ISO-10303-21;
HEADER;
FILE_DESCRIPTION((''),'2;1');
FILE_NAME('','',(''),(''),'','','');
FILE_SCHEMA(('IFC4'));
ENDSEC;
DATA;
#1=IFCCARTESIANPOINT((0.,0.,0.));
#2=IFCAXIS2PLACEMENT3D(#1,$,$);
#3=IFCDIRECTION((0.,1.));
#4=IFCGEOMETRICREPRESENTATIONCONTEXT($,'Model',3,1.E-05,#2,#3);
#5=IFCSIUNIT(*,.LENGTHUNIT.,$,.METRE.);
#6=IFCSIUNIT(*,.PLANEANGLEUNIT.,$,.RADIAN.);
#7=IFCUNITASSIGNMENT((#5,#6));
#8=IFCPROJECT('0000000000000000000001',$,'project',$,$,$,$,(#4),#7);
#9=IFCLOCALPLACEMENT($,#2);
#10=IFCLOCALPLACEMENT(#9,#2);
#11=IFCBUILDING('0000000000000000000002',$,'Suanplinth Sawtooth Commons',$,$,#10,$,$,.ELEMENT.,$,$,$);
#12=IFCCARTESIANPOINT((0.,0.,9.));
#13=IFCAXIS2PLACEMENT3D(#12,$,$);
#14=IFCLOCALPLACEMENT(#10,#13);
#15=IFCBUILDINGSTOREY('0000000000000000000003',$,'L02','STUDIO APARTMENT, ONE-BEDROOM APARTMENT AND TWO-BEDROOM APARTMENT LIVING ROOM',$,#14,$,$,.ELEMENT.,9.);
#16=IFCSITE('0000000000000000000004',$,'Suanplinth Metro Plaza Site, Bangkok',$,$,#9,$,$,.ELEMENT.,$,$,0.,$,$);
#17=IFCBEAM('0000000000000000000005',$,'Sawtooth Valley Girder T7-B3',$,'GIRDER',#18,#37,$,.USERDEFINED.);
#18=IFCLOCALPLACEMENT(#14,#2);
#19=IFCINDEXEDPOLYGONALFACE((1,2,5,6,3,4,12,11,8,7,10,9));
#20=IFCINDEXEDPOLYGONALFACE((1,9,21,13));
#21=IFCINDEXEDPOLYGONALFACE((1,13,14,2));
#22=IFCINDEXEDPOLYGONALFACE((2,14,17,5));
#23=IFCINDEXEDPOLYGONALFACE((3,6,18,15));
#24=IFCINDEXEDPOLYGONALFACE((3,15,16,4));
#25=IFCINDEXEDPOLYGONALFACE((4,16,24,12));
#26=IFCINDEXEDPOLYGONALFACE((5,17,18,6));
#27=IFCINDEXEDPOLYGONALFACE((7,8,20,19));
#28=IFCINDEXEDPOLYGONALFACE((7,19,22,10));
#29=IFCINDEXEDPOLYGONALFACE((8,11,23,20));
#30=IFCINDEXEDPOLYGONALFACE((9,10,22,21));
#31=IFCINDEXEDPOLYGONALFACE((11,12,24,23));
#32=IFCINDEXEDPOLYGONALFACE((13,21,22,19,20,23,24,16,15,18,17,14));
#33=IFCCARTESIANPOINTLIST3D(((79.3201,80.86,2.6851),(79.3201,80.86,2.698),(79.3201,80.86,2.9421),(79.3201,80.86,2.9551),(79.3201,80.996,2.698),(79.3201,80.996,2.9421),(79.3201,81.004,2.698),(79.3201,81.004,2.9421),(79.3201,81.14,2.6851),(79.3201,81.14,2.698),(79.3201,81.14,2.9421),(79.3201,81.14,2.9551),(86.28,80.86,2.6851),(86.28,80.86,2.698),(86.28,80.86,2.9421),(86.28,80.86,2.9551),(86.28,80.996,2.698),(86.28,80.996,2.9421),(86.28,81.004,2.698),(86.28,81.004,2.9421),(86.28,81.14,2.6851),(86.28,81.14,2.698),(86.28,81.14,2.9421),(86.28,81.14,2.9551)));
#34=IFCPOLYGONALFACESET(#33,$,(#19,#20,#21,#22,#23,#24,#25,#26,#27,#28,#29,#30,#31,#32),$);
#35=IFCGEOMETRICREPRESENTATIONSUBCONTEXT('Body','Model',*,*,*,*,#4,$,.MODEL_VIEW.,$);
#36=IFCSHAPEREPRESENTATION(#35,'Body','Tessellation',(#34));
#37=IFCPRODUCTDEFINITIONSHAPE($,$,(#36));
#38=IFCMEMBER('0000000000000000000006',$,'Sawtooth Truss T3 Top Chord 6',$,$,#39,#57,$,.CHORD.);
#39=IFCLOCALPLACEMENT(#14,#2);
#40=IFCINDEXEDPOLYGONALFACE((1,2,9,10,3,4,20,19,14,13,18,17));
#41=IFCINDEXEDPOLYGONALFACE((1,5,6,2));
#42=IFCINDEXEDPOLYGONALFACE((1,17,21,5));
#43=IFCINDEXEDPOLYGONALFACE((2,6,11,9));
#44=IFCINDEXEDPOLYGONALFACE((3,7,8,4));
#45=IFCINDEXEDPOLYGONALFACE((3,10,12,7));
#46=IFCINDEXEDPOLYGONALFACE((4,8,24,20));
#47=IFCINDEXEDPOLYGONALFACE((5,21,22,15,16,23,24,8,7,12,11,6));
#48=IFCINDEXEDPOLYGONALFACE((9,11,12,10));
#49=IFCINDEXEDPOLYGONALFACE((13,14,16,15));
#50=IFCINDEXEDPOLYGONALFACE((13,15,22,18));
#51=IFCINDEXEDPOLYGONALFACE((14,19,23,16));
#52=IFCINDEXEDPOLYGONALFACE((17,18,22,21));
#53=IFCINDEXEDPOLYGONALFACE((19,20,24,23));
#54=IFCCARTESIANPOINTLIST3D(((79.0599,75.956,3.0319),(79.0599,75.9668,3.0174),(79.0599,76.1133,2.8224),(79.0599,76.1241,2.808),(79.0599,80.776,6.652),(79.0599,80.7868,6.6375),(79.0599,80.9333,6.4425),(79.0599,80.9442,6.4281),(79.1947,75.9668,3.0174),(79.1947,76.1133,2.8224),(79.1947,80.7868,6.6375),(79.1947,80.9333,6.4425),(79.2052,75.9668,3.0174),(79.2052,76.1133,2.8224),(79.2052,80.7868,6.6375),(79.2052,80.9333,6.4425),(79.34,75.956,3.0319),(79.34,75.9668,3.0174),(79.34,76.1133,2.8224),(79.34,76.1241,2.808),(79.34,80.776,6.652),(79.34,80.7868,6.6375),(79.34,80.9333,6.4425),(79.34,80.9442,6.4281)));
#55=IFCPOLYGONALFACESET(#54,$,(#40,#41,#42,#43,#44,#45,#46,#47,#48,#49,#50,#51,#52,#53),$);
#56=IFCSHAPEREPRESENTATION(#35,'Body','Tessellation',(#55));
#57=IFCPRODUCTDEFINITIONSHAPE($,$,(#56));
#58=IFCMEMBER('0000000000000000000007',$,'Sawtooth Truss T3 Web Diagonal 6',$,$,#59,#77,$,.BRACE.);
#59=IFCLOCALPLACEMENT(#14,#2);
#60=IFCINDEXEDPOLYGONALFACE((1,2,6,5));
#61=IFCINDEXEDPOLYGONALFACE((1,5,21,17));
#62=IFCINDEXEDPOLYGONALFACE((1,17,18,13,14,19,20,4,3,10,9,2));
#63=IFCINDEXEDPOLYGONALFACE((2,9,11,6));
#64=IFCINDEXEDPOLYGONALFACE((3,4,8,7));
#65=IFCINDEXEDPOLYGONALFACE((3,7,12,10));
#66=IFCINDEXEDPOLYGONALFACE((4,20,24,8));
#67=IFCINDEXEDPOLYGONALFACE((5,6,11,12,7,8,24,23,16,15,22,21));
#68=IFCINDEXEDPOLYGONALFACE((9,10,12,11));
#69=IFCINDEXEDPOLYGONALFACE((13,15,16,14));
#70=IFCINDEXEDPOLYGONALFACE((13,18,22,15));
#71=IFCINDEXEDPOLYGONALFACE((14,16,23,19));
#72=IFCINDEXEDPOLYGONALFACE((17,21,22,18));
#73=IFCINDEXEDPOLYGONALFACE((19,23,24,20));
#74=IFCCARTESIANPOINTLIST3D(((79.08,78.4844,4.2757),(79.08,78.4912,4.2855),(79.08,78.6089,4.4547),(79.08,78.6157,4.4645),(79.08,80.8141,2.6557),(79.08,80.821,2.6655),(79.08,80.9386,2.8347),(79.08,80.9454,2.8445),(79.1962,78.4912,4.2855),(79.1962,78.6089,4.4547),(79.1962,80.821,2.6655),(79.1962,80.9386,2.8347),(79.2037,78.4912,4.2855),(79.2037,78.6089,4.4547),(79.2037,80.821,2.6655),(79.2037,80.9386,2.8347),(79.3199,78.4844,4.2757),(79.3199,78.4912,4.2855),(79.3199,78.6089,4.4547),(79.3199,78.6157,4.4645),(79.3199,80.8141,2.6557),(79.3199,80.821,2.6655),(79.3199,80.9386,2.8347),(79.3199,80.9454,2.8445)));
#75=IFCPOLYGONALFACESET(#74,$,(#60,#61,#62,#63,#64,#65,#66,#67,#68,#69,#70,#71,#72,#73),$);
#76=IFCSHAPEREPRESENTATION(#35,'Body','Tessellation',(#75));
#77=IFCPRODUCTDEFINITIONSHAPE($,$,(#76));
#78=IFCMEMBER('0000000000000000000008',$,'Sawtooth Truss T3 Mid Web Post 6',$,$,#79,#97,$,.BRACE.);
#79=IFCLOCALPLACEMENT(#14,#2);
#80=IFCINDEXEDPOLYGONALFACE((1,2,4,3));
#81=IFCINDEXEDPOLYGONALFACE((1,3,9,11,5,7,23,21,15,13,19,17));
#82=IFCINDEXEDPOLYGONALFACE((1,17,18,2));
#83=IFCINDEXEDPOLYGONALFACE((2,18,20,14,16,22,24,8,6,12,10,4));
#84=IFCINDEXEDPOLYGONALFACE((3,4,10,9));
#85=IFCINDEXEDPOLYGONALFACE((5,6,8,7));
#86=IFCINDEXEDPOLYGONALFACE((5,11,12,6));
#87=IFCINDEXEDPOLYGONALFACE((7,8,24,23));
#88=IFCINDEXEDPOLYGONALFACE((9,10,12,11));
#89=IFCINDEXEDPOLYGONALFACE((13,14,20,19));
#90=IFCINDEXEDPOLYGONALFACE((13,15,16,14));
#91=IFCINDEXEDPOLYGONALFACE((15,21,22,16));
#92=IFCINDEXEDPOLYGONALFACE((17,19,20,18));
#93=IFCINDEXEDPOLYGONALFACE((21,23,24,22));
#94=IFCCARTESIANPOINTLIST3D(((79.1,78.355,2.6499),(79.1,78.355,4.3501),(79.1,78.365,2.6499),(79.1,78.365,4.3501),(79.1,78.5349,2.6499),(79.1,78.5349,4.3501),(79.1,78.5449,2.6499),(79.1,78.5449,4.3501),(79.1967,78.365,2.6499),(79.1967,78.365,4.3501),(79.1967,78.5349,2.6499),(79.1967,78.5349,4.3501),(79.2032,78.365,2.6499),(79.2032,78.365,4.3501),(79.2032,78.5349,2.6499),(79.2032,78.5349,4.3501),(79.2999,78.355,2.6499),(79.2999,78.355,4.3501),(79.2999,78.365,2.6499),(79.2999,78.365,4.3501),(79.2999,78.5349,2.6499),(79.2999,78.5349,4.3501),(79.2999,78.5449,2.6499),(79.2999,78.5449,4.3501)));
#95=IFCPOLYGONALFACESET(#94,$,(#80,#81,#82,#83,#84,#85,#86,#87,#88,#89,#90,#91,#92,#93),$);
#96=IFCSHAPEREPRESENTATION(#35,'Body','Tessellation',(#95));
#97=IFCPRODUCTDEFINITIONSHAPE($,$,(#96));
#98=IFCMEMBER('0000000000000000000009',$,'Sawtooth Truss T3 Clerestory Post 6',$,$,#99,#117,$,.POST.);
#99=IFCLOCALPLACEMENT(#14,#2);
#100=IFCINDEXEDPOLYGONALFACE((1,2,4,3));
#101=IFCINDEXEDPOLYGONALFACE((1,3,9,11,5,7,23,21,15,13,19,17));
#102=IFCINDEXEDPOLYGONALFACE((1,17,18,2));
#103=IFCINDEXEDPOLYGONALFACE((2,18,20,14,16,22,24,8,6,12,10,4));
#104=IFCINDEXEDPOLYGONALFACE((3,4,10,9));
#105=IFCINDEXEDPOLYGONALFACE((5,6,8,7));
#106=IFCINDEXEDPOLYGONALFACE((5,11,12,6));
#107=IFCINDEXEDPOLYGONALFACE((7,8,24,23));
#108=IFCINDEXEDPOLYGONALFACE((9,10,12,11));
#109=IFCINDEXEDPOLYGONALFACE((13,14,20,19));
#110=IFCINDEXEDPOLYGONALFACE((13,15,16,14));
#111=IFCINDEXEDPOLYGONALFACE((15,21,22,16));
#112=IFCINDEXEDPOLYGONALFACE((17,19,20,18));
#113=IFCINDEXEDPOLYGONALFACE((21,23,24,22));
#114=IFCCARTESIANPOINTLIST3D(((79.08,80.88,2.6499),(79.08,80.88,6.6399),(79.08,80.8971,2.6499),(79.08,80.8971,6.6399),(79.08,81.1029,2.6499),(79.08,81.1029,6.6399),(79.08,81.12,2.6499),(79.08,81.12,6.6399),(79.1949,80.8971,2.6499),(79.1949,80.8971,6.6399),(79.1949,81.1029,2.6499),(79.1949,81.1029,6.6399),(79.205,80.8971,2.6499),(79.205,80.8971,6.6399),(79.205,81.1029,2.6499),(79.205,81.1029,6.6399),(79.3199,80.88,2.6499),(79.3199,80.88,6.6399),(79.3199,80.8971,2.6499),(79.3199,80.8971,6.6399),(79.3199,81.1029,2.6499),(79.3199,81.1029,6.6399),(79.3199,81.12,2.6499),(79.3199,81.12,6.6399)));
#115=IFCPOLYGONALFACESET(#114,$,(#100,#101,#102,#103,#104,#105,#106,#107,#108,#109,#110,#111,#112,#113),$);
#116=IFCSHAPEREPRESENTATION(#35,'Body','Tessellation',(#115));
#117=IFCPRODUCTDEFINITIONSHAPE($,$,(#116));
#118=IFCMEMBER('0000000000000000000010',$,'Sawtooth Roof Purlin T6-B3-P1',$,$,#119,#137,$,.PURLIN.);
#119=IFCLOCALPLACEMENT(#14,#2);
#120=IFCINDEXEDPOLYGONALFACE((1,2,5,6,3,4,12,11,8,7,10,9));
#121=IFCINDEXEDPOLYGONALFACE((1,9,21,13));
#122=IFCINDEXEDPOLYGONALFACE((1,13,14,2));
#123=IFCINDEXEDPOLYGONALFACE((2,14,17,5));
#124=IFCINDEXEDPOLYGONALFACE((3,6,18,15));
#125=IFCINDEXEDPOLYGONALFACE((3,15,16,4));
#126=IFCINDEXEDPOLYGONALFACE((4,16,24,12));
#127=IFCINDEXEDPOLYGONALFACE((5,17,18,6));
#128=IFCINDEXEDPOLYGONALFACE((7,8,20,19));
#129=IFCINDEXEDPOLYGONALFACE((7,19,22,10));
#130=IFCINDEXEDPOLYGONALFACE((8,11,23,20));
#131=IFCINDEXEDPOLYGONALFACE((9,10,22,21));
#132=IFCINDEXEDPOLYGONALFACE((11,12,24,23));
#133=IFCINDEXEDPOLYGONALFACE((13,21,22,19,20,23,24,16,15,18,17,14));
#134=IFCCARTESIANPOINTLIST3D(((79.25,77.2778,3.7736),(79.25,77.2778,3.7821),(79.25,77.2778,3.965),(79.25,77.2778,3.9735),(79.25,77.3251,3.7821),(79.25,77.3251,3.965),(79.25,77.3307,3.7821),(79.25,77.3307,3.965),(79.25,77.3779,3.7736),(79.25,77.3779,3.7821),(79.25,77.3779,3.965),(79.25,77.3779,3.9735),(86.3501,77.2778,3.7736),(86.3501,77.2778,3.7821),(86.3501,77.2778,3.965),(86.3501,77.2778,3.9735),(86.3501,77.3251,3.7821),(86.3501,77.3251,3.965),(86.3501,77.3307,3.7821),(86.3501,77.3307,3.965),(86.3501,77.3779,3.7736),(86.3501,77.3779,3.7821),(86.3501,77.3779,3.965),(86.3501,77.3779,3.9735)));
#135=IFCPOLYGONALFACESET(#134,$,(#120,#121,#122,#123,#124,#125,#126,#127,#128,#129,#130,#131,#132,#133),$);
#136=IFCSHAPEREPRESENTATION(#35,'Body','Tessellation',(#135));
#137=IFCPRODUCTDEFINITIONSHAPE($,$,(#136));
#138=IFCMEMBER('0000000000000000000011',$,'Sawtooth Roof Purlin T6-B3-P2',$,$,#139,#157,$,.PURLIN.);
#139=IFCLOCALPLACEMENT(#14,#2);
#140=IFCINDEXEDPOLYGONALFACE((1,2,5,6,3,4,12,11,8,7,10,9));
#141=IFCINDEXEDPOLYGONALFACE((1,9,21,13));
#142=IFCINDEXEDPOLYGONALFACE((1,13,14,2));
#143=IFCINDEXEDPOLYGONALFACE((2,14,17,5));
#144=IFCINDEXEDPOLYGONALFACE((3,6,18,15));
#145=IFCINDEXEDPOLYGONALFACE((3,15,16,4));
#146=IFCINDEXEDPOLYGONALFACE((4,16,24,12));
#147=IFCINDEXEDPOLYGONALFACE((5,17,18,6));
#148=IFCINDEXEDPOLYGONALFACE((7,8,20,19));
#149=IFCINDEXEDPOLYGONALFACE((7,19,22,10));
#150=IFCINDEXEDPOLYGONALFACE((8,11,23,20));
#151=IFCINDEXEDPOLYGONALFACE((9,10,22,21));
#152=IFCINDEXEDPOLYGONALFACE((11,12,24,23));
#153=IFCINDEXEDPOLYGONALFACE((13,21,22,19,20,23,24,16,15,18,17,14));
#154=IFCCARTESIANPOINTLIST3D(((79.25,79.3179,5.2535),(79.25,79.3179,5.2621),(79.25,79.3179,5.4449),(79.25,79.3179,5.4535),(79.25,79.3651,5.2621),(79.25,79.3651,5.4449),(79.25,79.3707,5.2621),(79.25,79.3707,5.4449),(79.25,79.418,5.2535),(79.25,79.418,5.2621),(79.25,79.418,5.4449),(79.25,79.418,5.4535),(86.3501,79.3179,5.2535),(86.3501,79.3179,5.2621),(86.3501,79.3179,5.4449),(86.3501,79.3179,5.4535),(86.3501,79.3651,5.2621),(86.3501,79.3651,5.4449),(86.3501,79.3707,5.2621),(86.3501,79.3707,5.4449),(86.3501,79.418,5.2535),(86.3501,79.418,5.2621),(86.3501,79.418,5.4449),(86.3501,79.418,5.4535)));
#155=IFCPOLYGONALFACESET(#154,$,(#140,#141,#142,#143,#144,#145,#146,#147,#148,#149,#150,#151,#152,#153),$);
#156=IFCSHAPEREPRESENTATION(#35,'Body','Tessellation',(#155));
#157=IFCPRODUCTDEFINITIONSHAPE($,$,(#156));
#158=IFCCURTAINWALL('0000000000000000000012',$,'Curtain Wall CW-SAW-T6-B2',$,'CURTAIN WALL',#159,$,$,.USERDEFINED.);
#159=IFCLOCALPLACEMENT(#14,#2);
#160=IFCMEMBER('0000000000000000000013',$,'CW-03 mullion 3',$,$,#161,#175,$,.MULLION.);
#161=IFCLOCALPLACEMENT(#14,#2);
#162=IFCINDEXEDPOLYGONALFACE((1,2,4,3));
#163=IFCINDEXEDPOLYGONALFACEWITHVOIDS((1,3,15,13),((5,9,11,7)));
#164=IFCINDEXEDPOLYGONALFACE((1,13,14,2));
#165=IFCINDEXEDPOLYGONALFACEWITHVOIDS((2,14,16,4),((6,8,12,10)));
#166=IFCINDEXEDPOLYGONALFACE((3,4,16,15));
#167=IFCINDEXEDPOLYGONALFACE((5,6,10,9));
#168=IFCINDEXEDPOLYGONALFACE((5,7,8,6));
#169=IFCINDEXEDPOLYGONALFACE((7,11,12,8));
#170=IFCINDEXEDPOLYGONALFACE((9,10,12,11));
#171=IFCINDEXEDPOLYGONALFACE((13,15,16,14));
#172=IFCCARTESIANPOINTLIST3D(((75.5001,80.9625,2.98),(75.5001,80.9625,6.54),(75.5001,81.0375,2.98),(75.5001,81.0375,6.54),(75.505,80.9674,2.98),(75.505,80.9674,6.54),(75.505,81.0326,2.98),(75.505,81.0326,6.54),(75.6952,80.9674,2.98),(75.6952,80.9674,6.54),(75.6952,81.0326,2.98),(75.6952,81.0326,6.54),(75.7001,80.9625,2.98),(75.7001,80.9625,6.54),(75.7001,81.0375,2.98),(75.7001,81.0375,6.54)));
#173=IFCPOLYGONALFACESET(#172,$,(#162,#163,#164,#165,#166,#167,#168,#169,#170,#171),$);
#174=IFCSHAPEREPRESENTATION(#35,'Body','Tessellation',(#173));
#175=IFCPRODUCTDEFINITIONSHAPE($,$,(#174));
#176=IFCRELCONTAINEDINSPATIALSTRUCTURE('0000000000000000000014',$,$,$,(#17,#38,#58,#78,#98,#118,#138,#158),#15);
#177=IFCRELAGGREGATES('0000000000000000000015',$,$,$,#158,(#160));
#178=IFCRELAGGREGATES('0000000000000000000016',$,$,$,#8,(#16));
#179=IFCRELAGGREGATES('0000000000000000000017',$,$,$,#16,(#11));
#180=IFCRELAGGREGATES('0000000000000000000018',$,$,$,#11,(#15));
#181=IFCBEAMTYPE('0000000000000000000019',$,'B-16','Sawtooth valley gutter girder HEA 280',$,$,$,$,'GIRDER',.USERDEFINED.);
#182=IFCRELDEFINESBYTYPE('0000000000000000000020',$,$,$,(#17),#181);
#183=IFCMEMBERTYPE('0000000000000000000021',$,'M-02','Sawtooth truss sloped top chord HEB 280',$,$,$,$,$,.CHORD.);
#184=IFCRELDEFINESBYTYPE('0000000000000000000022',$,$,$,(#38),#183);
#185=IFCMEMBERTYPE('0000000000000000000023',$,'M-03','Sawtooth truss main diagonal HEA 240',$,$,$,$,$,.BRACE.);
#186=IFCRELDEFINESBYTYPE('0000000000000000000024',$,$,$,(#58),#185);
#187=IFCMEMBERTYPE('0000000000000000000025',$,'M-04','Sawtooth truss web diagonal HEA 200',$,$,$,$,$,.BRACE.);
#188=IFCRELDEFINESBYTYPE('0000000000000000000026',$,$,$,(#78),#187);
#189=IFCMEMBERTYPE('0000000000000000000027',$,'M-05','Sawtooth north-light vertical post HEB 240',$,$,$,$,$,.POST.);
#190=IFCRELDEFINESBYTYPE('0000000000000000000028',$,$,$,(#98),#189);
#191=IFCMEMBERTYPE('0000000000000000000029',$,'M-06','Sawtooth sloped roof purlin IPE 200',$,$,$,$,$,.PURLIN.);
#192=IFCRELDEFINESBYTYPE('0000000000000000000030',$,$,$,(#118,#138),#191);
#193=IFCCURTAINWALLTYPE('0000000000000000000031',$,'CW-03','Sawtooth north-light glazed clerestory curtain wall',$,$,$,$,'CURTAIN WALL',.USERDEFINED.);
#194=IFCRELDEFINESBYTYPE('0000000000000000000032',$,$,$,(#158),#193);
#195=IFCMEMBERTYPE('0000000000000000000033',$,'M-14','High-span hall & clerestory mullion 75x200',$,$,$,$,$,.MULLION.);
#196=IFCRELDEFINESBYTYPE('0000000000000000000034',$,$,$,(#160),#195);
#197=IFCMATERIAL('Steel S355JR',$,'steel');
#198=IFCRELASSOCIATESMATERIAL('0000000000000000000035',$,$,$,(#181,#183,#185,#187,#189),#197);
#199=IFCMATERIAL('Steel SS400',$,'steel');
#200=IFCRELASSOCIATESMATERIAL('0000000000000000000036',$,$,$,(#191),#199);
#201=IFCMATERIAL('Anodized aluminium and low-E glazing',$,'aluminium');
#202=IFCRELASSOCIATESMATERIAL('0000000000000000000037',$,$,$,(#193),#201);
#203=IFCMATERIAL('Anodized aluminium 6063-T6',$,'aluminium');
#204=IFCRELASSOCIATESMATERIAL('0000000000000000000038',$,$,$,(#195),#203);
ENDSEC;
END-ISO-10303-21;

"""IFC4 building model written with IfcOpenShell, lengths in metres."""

from ifc_helpers import new_model, si_unit, direction, frame, origin, origin_2d, place, context, subcontext, project, spatial, hollow_rectangle, i_section, extrude, material, material_profile, profile_set, type_object, element, aggregate, save


model = new_model("IFC4")

# Units and contexts
model_context = context("Model", 3, precision=1e-05, world=origin(), true_north=direction((0.0, 1.0)))
body_context = subcontext(model_context, "Body", "Model", "MODEL_VIEW")
ifc_project = project(units=[si_unit("LENGTHUNIT", "METRE"), si_unit("PLANEANGLEUNIT", "RADIAN")], contexts=[model_context])

# Site, building, storey
site_placement = place(None, origin())
site = spatial("IfcSite", under=ifc_project, at=site_placement, Name="Suanplinth Metro Plaza Site, Bangkok", CompositionType="ELEMENT", RefElevation=0.0)
building_placement = place(site_placement, origin())
building = spatial("IfcBuilding", under=site, at=building_placement, Name="Suanplinth Sawtooth Commons", CompositionType="ELEMENT")
storey_placement = place(building_placement, frame((0.0, 0.0, 9.0)))
storey = spatial("IfcBuildingStorey", under=building, at=storey_placement, Name="L02", Description="STUDIO APARTMENT, ONE-BEDROOM APARTMENT AND TWO-BEDROOM APARTMENT LIVING ROOM", CompositionType="ELEMENT", Elevation=9.0)

# Beam
ifc_material_1 = material(Name="Steel S355JR", Category="steel")
ifc_material_profile_1 = material_profile(ifc_material_1, i_section(OverallWidth=0.28, OverallDepth=0.27, WebThickness=0.0081, FlangeThickness=0.0129, at=origin_2d()), Name="HEA 280")
ifc_profile_set_1 = profile_set([ifc_material_profile_1], Name="Steel S355JR")
beam_type = type_object("IfcBeamType", Name="B-16", Description="Sawtooth valley gutter girder HEA 280", ElementType="GIRDER", PredefinedType="USERDEFINED", material=ifc_profile_set_1)
beam_placement = place(storey_placement, frame((79.3201, 81.0, 2.8201), z_axis=(1.0, 0.0, 0.0), x_axis=(0.0, 1.0, 0.0)))
element("IfcBeam", 1, at=beam_placement, inside=storey, type_object=beam_type, Name="Sawtooth Valley Girder T7-B3", ObjectType="GIRDER", PredefinedType="USERDEFINED", context=body_context, shape_type="SweptSolid", body=[
    extrude(i_section(OverallWidth=0.28, OverallDepth=0.27, WebThickness=0.0081, FlangeThickness=0.0129, at=origin_2d()), origin(), (0.0, 0.0, 1.0), 6.96),
])

# Members
ifc_material_profile_2 = material_profile(ifc_material_1, i_section(OverallWidth=0.28, OverallDepth=0.28, WebThickness=0.0105, FlangeThickness=0.0181, at=origin_2d()), Name="HEB 280")
ifc_profile_set_2 = profile_set([ifc_material_profile_2], Name="Steel S355JR")
member_type_1 = type_object("IfcMemberType", Name="M-02", Description="Sawtooth truss sloped top chord HEB 280", PredefinedType="CHORD", material=ifc_profile_set_2)
member_1_placement = place(storey_placement, frame((79.2, 76.04, 2.9199), z_axis=(0.0, 0.799596, 0.600538), x_axis=(-1.0, 0.0, 0.0)))
element("IfcMember", 2, at=member_1_placement, inside=storey, type_object=member_type_1, Name="Sawtooth Truss T3 Top Chord 6", PredefinedType="CHORD", context=body_context, shape_type="SweptSolid", body=[
    extrude(i_section(OverallWidth=0.28, OverallDepth=0.28, WebThickness=0.0105, FlangeThickness=0.0181, at=origin_2d()), origin(), (0.0, 0.0, 1.0), 6.0281),
])
ifc_material_profile_3 = material_profile(ifc_material_1, i_section(OverallWidth=0.24, OverallDepth=0.23, WebThickness=0.0076, FlangeThickness=0.012, at=origin_2d()), Name="HEA 240")
ifc_profile_set_3 = profile_set([ifc_material_profile_3], Name="Steel S355JR")
member_type_2 = type_object("IfcMemberType", Name="M-03", Description="Sawtooth truss main diagonal HEA 240", PredefinedType="BRACE", material=ifc_profile_set_3)
member_2_placement = place(storey_placement, frame((79.2, 78.55, 4.3701), z_axis=(0.0, 0.82101, -0.570913), x_axis=(-1.0, 0.0, 0.0)))
element("IfcMember", 3, at=member_2_placement, inside=storey, type_object=member_type_2, Name="Sawtooth Truss T3 Web Diagonal 6", PredefinedType="BRACE", context=body_context, shape_type="SweptSolid", body=[
    extrude(i_section(OverallWidth=0.24, OverallDepth=0.23, WebThickness=0.0076, FlangeThickness=0.012, at=origin_2d()), origin(), (0.0, 0.0, 1.0), 2.8376),
])
ifc_material_profile_4 = material_profile(ifc_material_1, i_section(OverallWidth=0.2, OverallDepth=0.1899, WebThickness=0.0066, FlangeThickness=0.01, at=origin_2d()), Name="HEA 200")
ifc_profile_set_4 = profile_set([ifc_material_profile_4], Name="Steel S355JR")
member_type_3 = type_object("IfcMemberType", Name="M-04", Description="Sawtooth truss web diagonal HEA 200", PredefinedType="BRACE", material=ifc_profile_set_4)
member_3_placement = place(storey_placement, frame((79.2, 78.45, 2.6499), z_axis=(0.0, 0.0, 1.0), x_axis=(1.0, 0.0, 0.0)))
element("IfcMember", 4, at=member_3_placement, inside=storey, type_object=member_type_3, Name="Sawtooth Truss T3 Mid Web Post 6", PredefinedType="BRACE", context=body_context, shape_type="SweptSolid", body=[
    extrude(i_section(OverallWidth=0.2, OverallDepth=0.1899, WebThickness=0.0066, FlangeThickness=0.01, at=origin_2d()), origin(), (0.0, 0.0, 1.0), 1.7002),
])
ifc_material_profile_5 = material_profile(ifc_material_1, i_section(OverallWidth=0.24, OverallDepth=0.24, WebThickness=0.01, FlangeThickness=0.0171, at=origin_2d()), Name="HEB 240")
ifc_profile_set_5 = profile_set([ifc_material_profile_5], Name="Steel S355JR")
member_type_4 = type_object("IfcMemberType", Name="M-05", Description="Sawtooth north-light vertical post HEB 240", PredefinedType="POST", material=ifc_profile_set_5)
member_4_placement = place(storey_placement, frame((79.2, 81.0, 2.6499), z_axis=(0.0, 0.0, 1.0), x_axis=(1.0, 0.0, 0.0)))
element("IfcMember", 5, at=member_4_placement, inside=storey, type_object=member_type_4, Name="Sawtooth Truss T3 Clerestory Post 6", PredefinedType="POST", context=body_context, shape_type="SweptSolid", body=[
    extrude(i_section(OverallWidth=0.24, OverallDepth=0.24, WebThickness=0.01, FlangeThickness=0.0171, at=origin_2d()), origin(), (0.0, 0.0, 1.0), 3.99),
])
ifc_material_2 = material(Name="Steel SS400", Category="steel")
ifc_material_profile_6 = material_profile(ifc_material_2, i_section(OverallWidth=0.1001, OverallDepth=0.2, WebThickness=0.0056, FlangeThickness=0.0085, at=origin_2d()), Name="IPE 200")
ifc_profile_set_6 = profile_set([ifc_material_profile_6], Name="Steel SS400")
member_type_5 = type_object("IfcMemberType", Name="M-06", Description="Sawtooth sloped roof purlin IPE 200", PredefinedType="PURLIN", material=ifc_profile_set_6)
for number, where, z_axis, x_axis, name in (
    (6, (79.25, 77.3279, 3.8735), (1.0, 0.0, 0.0), (0.0, 1.0, 0.0), "Sawtooth Roof Purlin T6-B3-P1"),
    (7, (79.25, 79.3679, 5.3535), (1.0, 0.0, 0.0), (0.0, 1.0, 0.0), "Sawtooth Roof Purlin T6-B3-P2"),
):
    element("IfcMember", number, at=place(storey_placement, frame(where, z_axis=z_axis, x_axis=x_axis)), inside=storey, type_object=member_type_5, Name=name, PredefinedType="PURLIN", context=body_context, shape_type="SweptSolid", body=[
        extrude(i_section(OverallWidth=0.1001, OverallDepth=0.2, WebThickness=0.0056, FlangeThickness=0.0085, at=origin_2d()), origin(), (0.0, 0.0, 1.0), 7.1001),
    ])

# Curtain wall, member
ifc_material_3 = material(Name="Anodized aluminium and low-E glazing", Category="aluminium")
curtain_wall_type = type_object("IfcCurtainWallType", Name="CW-03", Description="Sawtooth north-light glazed clerestory curtain wall", ElementType="CURTAIN WALL", PredefinedType="USERDEFINED", material=ifc_material_3)
curtain_wall_1_placement = place(storey_placement, origin())
curtain_wall_1 = element("IfcCurtainWall", 8, at=curtain_wall_1_placement, inside=storey, type_object=curtain_wall_type, Name="Curtain Wall CW-SAW-T6-B2", ObjectType="CURTAIN WALL", PredefinedType="USERDEFINED")
ifc_material_4 = material(Name="Anodized aluminium 6063-T6", Category="aluminium")
ifc_material_profile_7 = material_profile(ifc_material_4, hollow_rectangle(XDim=0.075, YDim=0.2, WallThickness=0.0049, at=origin_2d()), Name="ALU-MUL 75x200")
ifc_profile_set_7 = profile_set([ifc_material_profile_7], Name="Anodized aluminium 6063-T6")
member_type_6 = type_object("IfcMemberType", Name="M-14", Description="High-span hall & clerestory mullion 75x200", PredefinedType="MULLION", material=ifc_profile_set_7)
member_5_placement = place(storey_placement, frame((75.6001, 81.0, 2.98), z_axis=(0.0, 0.0, 1.0), x_axis=(0.0, 1.0, 0.0)))
member_5 = element("IfcMember", 9, at=member_5_placement, type_object=member_type_6, Name="CW-03 mullion 3", PredefinedType="MULLION", context=body_context, shape_type="SweptSolid", body=[
    extrude(hollow_rectangle(XDim=0.075, YDim=0.2, WallThickness=0.0049, at=origin_2d()), origin(), (0.0, 0.0, 1.0), 3.5601),
])

aggregate(curtain_wall_1, [member_5])

save(model, "model.ifc")
